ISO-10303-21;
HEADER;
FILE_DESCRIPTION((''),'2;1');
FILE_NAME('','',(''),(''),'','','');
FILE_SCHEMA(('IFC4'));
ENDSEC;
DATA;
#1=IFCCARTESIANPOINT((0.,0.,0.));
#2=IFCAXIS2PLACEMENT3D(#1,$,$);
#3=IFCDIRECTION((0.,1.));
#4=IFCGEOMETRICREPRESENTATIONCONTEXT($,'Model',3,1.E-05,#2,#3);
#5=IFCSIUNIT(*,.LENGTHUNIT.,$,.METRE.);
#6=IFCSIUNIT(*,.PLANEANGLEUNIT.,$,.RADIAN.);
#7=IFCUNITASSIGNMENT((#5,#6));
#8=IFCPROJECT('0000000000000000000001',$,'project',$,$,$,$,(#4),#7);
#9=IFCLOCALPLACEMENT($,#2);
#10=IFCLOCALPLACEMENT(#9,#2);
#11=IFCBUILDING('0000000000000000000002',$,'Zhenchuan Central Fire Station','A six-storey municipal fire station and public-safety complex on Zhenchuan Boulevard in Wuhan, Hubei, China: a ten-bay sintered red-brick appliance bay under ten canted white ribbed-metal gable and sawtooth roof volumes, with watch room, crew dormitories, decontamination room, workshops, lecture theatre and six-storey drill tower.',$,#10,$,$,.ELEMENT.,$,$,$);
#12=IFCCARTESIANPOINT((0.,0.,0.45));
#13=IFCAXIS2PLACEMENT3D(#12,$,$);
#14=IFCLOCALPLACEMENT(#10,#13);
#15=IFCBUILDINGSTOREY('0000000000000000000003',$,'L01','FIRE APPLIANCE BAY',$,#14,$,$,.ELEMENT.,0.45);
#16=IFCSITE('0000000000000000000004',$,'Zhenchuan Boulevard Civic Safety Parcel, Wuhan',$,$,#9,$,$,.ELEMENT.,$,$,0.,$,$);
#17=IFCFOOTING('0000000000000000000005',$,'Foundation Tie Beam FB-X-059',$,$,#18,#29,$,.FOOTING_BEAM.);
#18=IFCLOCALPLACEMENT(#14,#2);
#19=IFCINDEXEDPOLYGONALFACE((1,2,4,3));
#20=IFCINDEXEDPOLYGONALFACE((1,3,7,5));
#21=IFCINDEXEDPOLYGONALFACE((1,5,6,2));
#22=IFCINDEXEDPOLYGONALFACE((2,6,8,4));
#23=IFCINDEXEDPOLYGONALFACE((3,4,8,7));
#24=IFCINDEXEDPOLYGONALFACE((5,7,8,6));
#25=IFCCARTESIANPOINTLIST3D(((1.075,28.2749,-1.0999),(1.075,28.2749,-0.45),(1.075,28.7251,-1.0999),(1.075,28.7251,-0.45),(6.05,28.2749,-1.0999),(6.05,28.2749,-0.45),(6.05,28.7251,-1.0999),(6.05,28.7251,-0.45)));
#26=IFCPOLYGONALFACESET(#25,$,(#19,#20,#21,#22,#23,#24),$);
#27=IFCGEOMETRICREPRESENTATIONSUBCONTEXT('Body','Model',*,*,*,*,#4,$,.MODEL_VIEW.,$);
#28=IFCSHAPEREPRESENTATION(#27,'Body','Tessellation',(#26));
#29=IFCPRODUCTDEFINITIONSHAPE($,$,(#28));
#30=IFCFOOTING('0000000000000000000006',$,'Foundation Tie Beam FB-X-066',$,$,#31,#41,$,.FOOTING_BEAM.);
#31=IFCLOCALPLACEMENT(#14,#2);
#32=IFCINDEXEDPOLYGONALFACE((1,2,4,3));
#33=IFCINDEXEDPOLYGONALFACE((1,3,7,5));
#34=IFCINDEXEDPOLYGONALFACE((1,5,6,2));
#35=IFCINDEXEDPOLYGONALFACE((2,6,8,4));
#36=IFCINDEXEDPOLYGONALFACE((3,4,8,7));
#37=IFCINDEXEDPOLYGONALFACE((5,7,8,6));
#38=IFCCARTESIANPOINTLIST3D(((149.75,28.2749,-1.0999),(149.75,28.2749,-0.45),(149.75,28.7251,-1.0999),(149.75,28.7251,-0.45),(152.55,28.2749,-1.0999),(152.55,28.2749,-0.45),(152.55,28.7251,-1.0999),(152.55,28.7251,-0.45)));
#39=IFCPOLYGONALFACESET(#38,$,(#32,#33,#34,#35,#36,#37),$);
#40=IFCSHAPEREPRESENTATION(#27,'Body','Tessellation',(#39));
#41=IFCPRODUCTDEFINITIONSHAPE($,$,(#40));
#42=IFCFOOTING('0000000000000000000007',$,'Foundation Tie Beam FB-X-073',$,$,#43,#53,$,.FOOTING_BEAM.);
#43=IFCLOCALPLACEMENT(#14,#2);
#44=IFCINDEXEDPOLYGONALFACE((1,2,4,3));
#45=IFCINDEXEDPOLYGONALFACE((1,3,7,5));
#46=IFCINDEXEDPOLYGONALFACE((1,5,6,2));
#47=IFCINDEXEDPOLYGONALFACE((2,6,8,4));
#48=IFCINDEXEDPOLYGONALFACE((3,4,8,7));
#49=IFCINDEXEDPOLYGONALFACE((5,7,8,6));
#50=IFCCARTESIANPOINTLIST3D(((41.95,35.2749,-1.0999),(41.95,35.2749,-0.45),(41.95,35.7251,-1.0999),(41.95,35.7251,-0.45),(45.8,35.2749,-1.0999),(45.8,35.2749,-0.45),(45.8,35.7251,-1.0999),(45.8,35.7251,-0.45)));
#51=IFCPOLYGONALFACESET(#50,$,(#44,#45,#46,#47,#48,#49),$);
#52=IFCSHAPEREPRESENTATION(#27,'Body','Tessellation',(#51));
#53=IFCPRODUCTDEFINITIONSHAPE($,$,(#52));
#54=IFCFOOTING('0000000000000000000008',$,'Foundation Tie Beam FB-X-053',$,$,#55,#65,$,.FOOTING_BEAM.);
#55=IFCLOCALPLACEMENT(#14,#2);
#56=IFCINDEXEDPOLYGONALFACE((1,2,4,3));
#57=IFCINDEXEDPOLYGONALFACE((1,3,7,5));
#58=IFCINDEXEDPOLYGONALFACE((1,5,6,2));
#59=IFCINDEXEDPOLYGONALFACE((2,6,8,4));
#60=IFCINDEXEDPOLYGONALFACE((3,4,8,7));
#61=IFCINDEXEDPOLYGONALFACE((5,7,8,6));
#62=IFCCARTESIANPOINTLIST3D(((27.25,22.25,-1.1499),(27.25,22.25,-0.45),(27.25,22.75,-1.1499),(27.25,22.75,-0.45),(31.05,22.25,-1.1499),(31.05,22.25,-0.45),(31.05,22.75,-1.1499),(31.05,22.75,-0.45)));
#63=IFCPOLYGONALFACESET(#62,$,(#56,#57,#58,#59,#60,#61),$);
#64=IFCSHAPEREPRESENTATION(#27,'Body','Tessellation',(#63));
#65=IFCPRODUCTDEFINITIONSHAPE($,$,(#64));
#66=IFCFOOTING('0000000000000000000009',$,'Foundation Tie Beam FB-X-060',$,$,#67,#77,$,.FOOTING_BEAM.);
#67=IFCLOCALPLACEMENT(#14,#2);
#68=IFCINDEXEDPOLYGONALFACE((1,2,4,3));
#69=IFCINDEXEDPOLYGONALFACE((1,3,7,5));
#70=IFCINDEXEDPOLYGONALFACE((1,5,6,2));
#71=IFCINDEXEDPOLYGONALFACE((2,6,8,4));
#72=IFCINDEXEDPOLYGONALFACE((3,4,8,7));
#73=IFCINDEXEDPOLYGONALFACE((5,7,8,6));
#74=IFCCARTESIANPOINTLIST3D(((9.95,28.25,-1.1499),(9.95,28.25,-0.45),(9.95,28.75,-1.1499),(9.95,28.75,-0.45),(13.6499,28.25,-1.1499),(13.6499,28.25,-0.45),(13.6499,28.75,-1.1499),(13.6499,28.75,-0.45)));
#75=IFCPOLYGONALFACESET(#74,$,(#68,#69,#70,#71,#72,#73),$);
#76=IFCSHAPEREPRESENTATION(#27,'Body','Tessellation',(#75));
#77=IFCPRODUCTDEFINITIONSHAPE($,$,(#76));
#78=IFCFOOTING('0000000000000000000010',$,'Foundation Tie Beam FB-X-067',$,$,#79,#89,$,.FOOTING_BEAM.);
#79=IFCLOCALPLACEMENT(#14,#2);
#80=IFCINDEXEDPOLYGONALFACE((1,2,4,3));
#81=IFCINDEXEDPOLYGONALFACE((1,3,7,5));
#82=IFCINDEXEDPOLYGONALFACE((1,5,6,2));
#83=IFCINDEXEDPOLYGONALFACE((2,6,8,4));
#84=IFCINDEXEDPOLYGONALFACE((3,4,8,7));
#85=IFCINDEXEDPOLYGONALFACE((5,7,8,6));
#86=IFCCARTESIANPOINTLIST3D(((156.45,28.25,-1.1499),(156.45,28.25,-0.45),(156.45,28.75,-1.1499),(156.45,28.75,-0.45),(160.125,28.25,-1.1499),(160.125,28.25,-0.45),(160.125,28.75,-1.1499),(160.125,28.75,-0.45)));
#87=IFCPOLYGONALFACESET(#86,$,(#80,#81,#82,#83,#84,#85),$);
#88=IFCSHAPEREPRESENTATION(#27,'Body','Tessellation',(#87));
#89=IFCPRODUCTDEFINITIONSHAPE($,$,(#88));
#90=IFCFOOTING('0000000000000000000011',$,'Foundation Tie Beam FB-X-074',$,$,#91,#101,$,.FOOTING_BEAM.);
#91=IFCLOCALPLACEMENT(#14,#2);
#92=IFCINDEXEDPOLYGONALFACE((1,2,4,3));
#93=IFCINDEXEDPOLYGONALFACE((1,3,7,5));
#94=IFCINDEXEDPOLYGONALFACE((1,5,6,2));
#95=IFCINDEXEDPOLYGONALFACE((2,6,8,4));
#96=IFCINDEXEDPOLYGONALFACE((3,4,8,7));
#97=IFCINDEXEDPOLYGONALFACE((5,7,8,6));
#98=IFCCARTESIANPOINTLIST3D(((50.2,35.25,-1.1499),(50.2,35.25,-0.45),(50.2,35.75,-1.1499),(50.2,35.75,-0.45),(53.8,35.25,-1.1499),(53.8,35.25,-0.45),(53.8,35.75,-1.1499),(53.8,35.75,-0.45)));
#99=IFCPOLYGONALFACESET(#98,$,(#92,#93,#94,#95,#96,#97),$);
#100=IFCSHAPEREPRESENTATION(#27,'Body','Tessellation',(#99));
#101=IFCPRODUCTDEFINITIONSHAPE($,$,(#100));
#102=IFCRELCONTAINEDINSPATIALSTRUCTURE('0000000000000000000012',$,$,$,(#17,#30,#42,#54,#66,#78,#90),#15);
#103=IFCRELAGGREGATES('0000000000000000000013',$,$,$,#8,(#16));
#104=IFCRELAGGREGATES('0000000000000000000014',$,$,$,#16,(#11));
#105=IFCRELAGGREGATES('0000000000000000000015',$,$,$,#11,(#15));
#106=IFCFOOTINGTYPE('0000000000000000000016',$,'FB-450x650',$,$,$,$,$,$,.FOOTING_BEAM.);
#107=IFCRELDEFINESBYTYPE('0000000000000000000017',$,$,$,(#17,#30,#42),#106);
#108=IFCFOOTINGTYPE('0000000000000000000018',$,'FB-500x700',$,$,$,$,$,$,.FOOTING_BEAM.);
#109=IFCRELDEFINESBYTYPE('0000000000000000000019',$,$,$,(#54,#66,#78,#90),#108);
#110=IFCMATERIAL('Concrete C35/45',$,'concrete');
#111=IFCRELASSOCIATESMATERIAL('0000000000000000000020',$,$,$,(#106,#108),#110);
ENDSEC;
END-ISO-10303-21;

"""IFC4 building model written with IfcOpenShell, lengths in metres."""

from ifc_helpers import new_model, si_unit, direction, frame, origin, place, context, subcontext, project, spatial, polyline, outline, extrude, material, type_object, element, save


model = new_model("IFC4")

# Units and contexts
model_context = context("Model", 3, precision=1e-05, world=origin(), true_north=direction((0.0, 1.0)))
body_context = subcontext(model_context, "Body", "Model", "MODEL_VIEW")
ifc_project = project(units=[si_unit("LENGTHUNIT", "METRE"), si_unit("PLANEANGLEUNIT", "RADIAN")], contexts=[model_context])

# Site, building, storey
site_placement = place(None, origin())
site = spatial("IfcSite", under=ifc_project, at=site_placement, Name="Zhenchuan Boulevard Civic Safety Parcel, Wuhan", CompositionType="ELEMENT", RefElevation=0.0)
building_placement = place(site_placement, origin())
building = spatial("IfcBuilding", under=site, at=building_placement, Name="Zhenchuan Central Fire Station", Description="A six-storey municipal fire station and public-safety complex on Zhenchuan Boulevard in Wuhan, Hubei, China: a ten-bay sintered red-brick appliance bay under ten canted white ribbed-metal gable and sawtooth roof volumes, with watch room, crew dormitories, decontamination room, workshops, lecture theatre and six-storey drill tower.", CompositionType="ELEMENT")
storey_placement = place(building_placement, frame((0.0, 0.0, 0.45)))
storey = spatial("IfcBuildingStorey", under=building, at=storey_placement, Name="L01", Description="FIRE APPLIANCE BAY", CompositionType="ELEMENT", Elevation=0.45)

# Footings
ifc_material = material(Name="Concrete C35/45", Category="concrete")
footing_type_1 = type_object("IfcFootingType", Name="FB-450x650", PredefinedType="FOOTING_BEAM", material=ifc_material)
footing_1_placement = place(storey_placement, frame((0.0, 0.0, -1.0999)))
element("IfcFooting", 1, at=footing_1_placement, inside=storey, type_object=footing_type_1, Name="Foundation Tie Beam FB-X-059", PredefinedType="FOOTING_BEAM", context=body_context, shape_type="SweptSolid", body=[
    extrude(outline(polyline([(1.075, 28.2749), (6.05, 28.2749), (6.05, 28.7251), (1.075, 28.7251), (1.075, 28.2749)])), origin(), (0.0, 0.0, 1.0), 0.6499),
])
footing_2_placement = place(storey_placement, frame((0.0, 0.0, -1.0999)))
element("IfcFooting", 2, at=footing_2_placement, inside=storey, type_object=footing_type_1, Name="Foundation Tie Beam FB-X-066", PredefinedType="FOOTING_BEAM", context=body_context, shape_type="SweptSolid", body=[
    extrude(outline(polyline([(149.75, 28.2749), (152.55, 28.2749), (152.55, 28.7251), (149.75, 28.7251), (149.75, 28.2749)])), origin(), (0.0, 0.0, 1.0), 0.6499),
])
footing_3_placement = place(storey_placement, frame((0.0, 0.0, -1.0999)))
element("IfcFooting", 3, at=footing_3_placement, inside=storey, type_object=footing_type_1, Name="Foundation Tie Beam FB-X-073", PredefinedType="FOOTING_BEAM", context=body_context, shape_type="SweptSolid", body=[
    extrude(outline(polyline([(41.95, 35.2749), (45.8, 35.2749), (45.8, 35.7251), (41.95, 35.7251), (41.95, 35.2749)])), origin(), (0.0, 0.0, 1.0), 0.6499),
])
footing_type_2 = type_object("IfcFootingType", Name="FB-500x700", PredefinedType="FOOTING_BEAM", material=ifc_material)
footing_4_placement = place(storey_placement, frame((0.0, 0.0, -1.1499)))
element("IfcFooting", 4, at=footing_4_placement, inside=storey, type_object=footing_type_2, Name="Foundation Tie Beam FB-X-053", PredefinedType="FOOTING_BEAM", context=body_context, shape_type="SweptSolid", body=[
    extrude(outline(polyline([(27.25, 22.25), (31.05, 22.25), (31.05, 22.75), (27.25, 22.75), (27.25, 22.25)])), origin(), (0.0, 0.0, 1.0), 0.7),
])
footing_5_placement = place(storey_placement, frame((0.0, 0.0, -1.1499)))
element("IfcFooting", 5, at=footing_5_placement, inside=storey, type_object=footing_type_2, Name="Foundation Tie Beam FB-X-060", PredefinedType="FOOTING_BEAM", context=body_context, shape_type="SweptSolid", body=[
    extrude(outline(polyline([(9.95, 28.25), (13.6499, 28.25), (13.6499, 28.75), (9.95, 28.75), (9.95, 28.25)])), origin(), (0.0, 0.0, 1.0), 0.7),
])
footing_6_placement = place(storey_placement, frame((0.0, 0.0, -1.1499)))
element("IfcFooting", 6, at=footing_6_placement, inside=storey, type_object=footing_type_2, Name="Foundation Tie Beam FB-X-067", PredefinedType="FOOTING_BEAM", context=body_context, shape_type="SweptSolid", body=[
    extrude(outline(polyline([(156.45, 28.25), (160.125, 28.25), (160.125, 28.75), (156.45, 28.75), (156.45, 28.25)])), origin(), (0.0, 0.0, 1.0), 0.7),
])
footing_7_placement = place(storey_placement, frame((0.0, 0.0, -1.1499)))
element("IfcFooting", 7, at=footing_7_placement, inside=storey, type_object=footing_type_2, Name="Foundation Tie Beam FB-X-074", PredefinedType="FOOTING_BEAM", context=body_context, shape_type="SweptSolid", body=[
    extrude(outline(polyline([(50.2, 35.25), (53.8, 35.25), (53.8, 35.75), (50.2, 35.75), (50.2, 35.25)])), origin(), (0.0, 0.0, 1.0), 0.7),
])

save(model, "model.ifc")
